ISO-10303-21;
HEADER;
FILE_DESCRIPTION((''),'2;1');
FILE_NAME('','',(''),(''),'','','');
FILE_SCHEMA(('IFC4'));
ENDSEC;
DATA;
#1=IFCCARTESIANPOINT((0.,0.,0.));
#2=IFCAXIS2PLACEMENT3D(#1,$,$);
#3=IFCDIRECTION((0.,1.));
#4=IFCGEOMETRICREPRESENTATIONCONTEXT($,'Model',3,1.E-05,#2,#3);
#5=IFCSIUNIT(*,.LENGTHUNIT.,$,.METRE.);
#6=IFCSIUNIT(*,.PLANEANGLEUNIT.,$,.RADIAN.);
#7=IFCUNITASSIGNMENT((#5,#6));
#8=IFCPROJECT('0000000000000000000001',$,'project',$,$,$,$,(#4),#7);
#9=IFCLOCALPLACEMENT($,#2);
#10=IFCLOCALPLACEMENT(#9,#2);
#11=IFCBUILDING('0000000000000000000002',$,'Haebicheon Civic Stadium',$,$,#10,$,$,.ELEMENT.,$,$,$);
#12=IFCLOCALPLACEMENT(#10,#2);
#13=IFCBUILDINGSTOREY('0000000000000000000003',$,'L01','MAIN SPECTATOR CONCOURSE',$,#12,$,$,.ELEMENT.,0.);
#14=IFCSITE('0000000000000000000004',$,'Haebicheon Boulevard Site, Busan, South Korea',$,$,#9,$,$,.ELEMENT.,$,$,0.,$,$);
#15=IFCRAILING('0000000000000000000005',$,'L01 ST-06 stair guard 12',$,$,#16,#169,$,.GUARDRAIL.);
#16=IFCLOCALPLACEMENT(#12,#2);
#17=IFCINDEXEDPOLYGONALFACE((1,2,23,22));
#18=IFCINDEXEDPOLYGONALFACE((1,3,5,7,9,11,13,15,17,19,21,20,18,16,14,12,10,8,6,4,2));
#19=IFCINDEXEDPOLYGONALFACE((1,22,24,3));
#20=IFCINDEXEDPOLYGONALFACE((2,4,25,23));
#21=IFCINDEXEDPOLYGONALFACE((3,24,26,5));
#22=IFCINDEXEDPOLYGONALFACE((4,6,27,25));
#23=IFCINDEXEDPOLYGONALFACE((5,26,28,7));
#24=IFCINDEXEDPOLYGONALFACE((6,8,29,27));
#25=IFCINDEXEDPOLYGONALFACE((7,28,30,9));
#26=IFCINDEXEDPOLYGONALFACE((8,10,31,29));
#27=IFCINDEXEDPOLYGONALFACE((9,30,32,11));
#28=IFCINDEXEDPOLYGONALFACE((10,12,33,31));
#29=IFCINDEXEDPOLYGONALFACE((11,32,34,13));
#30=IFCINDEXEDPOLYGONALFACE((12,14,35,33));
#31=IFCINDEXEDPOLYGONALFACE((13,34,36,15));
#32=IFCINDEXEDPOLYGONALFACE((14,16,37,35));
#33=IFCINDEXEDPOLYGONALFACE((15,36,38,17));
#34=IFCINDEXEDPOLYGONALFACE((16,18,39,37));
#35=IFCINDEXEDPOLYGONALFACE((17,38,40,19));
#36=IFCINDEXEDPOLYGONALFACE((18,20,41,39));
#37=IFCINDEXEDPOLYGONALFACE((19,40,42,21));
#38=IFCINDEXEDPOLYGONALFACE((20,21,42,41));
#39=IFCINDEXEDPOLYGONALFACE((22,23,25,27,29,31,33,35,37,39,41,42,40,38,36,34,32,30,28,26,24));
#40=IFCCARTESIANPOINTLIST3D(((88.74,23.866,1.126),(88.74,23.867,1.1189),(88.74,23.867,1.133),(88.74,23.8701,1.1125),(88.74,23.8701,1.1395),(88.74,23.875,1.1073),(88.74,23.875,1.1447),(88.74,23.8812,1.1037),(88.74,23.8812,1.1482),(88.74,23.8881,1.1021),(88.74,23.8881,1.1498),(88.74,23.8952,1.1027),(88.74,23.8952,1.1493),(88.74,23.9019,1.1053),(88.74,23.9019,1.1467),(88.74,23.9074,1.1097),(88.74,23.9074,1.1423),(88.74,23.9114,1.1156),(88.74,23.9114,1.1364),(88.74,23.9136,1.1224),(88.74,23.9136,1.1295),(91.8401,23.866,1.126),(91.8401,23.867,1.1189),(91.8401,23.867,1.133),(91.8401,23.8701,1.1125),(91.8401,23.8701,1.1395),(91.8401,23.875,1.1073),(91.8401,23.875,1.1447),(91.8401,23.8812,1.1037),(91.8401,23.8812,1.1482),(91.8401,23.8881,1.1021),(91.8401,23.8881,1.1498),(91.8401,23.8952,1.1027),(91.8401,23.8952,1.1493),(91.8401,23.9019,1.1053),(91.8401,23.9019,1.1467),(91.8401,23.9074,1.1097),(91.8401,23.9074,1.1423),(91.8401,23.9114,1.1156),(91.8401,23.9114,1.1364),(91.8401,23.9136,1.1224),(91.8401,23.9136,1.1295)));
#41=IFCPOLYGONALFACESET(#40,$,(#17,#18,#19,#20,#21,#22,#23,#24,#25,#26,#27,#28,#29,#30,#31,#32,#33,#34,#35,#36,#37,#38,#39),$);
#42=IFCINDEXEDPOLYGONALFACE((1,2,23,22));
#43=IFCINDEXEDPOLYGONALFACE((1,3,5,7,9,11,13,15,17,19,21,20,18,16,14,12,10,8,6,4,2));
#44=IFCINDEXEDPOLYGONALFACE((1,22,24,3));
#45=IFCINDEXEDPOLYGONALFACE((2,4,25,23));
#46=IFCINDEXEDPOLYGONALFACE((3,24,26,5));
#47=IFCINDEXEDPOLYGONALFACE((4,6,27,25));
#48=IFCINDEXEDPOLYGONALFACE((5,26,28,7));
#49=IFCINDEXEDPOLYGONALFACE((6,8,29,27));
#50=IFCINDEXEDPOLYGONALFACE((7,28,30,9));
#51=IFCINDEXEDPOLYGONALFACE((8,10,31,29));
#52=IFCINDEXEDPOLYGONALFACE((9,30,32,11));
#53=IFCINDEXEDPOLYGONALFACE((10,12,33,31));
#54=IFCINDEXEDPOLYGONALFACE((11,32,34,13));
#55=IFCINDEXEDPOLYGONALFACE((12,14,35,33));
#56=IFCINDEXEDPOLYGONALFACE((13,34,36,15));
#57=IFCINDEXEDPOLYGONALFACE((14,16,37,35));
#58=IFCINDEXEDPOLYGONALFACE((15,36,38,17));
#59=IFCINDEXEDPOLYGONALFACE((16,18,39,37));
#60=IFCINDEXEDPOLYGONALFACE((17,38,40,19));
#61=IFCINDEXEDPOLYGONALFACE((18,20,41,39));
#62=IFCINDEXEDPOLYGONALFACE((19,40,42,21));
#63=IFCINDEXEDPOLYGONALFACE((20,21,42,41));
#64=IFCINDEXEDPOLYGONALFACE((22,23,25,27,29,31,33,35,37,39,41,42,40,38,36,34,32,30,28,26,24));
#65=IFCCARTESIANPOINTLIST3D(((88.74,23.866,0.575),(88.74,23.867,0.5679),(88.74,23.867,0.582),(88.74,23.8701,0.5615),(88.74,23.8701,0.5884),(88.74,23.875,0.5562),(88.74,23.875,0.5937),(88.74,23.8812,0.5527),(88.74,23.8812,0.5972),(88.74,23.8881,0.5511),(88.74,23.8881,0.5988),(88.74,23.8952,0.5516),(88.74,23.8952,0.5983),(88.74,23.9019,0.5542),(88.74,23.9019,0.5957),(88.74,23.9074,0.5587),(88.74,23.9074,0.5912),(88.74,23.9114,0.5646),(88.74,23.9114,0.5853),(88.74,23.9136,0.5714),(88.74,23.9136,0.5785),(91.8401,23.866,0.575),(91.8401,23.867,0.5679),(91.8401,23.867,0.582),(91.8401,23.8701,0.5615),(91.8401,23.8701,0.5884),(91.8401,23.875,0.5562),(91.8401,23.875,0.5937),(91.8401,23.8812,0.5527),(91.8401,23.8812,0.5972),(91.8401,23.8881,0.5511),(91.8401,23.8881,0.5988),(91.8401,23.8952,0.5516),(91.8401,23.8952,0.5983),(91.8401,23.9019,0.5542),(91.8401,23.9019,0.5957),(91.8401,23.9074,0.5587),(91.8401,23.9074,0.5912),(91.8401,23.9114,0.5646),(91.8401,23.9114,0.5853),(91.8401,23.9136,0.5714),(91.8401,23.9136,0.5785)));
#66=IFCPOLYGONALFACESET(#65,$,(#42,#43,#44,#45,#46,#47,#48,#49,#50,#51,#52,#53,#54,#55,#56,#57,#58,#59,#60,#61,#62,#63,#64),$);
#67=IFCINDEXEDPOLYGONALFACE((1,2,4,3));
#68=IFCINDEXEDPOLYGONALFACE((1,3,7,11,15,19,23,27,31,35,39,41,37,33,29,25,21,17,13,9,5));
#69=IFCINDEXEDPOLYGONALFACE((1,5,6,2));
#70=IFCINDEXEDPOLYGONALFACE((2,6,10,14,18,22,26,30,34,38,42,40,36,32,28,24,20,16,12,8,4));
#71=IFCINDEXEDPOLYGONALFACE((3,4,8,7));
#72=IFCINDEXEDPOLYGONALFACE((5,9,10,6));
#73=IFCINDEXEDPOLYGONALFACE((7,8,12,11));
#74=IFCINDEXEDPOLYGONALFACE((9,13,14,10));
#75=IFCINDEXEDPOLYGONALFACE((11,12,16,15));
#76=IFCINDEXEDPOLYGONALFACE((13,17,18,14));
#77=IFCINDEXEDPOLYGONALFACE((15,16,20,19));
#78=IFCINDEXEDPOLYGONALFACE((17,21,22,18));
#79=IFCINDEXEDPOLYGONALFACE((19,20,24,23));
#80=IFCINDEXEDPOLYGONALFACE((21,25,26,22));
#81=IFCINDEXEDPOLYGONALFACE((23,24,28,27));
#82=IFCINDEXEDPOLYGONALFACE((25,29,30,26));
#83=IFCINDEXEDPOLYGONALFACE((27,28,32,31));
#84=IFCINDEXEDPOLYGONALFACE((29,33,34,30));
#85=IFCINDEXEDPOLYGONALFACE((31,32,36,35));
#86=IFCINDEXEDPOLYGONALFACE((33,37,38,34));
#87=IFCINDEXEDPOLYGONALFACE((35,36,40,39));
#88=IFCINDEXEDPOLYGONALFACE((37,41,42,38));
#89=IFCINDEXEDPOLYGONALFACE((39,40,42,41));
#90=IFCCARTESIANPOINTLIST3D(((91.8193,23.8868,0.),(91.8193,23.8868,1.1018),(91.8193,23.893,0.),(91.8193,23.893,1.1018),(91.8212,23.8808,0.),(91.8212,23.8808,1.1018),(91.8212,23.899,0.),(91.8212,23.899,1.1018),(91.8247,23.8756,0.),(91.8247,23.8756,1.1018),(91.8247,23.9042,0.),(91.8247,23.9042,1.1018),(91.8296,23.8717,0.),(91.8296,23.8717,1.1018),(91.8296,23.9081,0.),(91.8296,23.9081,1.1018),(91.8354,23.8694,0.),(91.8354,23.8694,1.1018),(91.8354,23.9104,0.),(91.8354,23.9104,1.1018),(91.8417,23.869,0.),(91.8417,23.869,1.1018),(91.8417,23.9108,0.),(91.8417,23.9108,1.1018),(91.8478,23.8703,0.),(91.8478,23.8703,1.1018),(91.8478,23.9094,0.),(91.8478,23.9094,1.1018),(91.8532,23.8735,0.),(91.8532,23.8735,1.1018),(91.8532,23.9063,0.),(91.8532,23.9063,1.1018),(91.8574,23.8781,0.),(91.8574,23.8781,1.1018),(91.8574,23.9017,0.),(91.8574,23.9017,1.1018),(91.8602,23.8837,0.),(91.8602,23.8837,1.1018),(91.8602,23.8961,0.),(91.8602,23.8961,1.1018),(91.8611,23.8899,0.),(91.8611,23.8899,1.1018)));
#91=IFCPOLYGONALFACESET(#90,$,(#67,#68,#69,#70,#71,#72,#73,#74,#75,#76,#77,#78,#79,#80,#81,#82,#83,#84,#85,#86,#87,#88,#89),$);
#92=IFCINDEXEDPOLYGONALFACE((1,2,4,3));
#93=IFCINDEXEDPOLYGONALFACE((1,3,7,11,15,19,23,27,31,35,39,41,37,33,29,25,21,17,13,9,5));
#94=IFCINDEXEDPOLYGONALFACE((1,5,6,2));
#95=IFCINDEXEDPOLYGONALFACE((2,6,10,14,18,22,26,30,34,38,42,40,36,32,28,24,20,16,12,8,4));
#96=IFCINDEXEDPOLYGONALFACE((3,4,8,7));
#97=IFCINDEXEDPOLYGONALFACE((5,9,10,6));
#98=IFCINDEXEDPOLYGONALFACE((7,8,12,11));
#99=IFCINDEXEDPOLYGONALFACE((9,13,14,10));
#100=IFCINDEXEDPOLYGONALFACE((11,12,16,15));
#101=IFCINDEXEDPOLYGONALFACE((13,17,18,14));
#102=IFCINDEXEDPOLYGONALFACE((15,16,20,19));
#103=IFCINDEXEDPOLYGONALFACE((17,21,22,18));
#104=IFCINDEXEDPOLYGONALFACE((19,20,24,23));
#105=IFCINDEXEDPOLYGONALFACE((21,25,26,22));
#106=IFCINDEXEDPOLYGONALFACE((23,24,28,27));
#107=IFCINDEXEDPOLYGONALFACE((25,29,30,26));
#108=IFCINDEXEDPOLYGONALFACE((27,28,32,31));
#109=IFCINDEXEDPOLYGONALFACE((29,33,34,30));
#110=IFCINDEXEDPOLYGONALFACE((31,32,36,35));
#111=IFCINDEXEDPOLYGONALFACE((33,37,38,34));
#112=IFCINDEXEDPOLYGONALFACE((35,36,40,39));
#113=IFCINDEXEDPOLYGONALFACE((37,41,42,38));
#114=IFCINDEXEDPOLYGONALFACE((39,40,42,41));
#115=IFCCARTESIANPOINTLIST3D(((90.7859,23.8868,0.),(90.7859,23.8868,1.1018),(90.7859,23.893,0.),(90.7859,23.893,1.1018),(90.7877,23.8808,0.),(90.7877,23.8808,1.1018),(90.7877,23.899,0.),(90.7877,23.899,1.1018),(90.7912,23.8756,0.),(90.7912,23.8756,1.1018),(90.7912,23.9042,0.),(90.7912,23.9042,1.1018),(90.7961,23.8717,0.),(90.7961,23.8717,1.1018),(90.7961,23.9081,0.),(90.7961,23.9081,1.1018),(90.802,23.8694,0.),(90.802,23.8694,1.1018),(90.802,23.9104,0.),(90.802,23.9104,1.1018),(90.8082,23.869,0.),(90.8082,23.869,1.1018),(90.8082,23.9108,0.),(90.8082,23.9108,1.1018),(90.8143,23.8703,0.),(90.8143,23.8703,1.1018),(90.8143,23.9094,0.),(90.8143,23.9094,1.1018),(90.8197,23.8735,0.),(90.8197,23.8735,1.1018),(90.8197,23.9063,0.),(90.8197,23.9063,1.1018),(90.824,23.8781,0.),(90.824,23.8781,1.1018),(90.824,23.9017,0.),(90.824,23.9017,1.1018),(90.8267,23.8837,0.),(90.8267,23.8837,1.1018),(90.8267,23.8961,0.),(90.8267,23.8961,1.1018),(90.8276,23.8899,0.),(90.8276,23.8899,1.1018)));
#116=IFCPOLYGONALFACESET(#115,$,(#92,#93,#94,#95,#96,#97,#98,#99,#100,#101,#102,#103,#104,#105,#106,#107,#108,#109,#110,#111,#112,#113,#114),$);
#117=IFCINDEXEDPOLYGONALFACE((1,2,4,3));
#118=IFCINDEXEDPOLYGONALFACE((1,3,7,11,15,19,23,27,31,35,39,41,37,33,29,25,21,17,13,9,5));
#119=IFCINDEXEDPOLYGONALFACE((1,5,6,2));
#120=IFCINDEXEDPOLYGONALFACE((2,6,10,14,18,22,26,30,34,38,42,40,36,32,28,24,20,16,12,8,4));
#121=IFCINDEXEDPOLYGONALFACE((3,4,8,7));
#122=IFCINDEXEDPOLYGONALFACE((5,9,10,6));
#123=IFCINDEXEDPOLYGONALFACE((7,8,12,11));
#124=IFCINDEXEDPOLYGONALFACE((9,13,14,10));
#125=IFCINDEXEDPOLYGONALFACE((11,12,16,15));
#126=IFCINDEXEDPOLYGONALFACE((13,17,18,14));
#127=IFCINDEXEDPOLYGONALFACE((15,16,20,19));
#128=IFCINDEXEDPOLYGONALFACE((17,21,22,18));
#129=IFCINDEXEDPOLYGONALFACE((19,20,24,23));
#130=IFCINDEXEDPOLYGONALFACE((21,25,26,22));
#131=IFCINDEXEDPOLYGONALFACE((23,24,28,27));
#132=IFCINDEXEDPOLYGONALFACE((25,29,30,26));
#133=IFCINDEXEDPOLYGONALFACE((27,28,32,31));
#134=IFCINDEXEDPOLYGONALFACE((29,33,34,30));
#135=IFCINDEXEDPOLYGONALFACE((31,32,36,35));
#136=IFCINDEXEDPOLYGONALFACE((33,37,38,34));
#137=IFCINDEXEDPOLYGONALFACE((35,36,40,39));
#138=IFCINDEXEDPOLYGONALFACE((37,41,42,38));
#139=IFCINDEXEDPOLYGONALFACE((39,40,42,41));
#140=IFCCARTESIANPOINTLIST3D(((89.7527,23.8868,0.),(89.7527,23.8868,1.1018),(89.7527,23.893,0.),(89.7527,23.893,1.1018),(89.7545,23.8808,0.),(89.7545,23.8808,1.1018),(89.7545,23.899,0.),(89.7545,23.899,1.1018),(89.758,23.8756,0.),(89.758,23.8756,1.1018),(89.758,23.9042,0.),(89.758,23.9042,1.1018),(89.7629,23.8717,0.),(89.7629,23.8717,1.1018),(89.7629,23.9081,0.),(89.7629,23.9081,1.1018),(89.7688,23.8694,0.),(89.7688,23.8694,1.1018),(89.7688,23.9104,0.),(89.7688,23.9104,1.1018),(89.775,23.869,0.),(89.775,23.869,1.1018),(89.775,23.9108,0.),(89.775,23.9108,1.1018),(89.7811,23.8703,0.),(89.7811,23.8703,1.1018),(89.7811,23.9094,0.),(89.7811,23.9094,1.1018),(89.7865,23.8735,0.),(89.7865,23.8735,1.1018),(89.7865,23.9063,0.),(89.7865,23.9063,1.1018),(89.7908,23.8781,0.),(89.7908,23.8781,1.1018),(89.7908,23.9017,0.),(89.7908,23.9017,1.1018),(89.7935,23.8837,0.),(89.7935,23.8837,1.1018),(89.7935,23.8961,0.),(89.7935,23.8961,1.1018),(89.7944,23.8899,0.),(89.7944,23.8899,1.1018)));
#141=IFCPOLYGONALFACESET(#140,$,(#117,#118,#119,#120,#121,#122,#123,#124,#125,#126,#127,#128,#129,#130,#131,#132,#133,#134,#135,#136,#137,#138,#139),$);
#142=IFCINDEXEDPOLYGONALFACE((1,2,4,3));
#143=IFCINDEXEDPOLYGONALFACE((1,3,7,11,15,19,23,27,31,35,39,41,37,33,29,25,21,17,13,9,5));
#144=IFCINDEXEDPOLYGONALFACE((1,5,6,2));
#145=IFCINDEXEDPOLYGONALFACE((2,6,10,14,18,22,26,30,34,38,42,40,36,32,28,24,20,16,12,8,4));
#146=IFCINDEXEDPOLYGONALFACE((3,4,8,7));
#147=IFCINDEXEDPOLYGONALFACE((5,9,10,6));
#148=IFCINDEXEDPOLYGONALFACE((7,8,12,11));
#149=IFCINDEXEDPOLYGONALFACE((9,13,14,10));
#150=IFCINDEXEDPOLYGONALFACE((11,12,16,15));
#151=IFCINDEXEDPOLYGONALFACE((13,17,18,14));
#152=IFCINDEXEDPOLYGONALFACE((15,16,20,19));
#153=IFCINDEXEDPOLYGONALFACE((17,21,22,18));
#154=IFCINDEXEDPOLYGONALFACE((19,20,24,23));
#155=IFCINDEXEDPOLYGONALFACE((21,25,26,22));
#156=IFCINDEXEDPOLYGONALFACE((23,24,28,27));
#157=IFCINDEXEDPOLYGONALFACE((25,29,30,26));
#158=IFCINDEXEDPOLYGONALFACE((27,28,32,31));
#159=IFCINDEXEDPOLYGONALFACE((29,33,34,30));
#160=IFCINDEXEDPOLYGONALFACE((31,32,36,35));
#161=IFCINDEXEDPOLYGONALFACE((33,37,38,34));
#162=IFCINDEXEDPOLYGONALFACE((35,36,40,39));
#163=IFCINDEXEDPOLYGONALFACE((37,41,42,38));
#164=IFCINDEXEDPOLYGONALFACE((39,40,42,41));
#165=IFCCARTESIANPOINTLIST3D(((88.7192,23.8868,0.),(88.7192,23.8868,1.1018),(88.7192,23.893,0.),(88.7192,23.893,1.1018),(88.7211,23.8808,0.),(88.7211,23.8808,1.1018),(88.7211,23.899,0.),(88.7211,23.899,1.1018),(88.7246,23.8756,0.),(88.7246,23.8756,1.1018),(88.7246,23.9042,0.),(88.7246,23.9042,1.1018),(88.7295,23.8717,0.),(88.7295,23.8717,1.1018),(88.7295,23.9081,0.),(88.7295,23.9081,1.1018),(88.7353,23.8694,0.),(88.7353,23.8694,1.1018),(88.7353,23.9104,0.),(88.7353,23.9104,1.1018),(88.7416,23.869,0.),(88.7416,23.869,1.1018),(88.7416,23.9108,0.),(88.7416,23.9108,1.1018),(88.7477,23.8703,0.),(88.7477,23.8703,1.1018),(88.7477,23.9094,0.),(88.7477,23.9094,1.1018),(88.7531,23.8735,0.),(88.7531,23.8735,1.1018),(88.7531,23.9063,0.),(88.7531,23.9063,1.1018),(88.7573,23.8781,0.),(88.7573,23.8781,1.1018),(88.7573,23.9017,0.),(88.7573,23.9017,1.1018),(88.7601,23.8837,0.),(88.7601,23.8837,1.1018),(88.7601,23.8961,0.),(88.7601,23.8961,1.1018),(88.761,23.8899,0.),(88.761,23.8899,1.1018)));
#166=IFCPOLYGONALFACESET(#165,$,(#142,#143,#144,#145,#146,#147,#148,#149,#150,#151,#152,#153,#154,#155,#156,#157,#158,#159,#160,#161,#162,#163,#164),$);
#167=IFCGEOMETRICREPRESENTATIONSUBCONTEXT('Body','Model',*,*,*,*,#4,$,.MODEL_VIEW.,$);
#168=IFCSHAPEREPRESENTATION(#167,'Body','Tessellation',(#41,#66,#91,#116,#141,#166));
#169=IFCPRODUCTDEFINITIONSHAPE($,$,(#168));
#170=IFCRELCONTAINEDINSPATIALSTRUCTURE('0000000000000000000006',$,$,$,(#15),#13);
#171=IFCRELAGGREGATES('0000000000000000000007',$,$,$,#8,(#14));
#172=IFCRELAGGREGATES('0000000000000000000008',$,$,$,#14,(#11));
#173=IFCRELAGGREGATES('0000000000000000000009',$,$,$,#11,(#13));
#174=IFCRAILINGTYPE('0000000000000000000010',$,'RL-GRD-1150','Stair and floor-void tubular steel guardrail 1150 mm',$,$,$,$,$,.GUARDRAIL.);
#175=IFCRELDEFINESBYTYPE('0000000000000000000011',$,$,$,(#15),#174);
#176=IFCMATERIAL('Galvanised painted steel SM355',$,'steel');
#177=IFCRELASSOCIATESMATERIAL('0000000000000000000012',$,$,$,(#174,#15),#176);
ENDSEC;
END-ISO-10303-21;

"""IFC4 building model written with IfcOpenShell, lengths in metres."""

from ifc_helpers import new_model, si_unit, direction, frame, origin, origin_2d, place, context, subcontext, project, spatial, circle, extrude, material, type_object, element, save


model = new_model("IFC4")

# Units and contexts
model_context = context("Model", 3, precision=1e-05, world=origin(), true_north=direction((0.0, 1.0)))
body_context = subcontext(model_context, "Body", "Model", "MODEL_VIEW")
ifc_project = project(units=[si_unit("LENGTHUNIT", "METRE"), si_unit("PLANEANGLEUNIT", "RADIAN")], contexts=[model_context])

# Site, building, storey
site_placement = place(None, origin())
site = spatial("IfcSite", under=ifc_project, at=site_placement, Name="Haebicheon Boulevard Site, Busan, South Korea", CompositionType="ELEMENT", RefElevation=0.0)
building_placement = place(site_placement, origin())
building = spatial("IfcBuilding", under=site, at=building_placement, Name="Haebicheon Civic Stadium", CompositionType="ELEMENT")
storey_placement = place(building_placement, origin())
storey = spatial("IfcBuildingStorey", under=building, at=storey_placement, Name="L01", Description="MAIN SPECTATOR CONCOURSE", CompositionType="ELEMENT", Elevation=0.0)

# Railing
ifc_material_1 = material(Name="Galvanised painted steel SM355", Category="steel")
railing_type_1 = type_object("IfcRailingType", Name="RL-GRD-1150", Description="Stair and floor-void tubular steel guardrail 1150 mm", PredefinedType="GUARDRAIL", material=ifc_material_1)
railing_1_placement = place(storey_placement, frame((91.8401, 23.8899, 0.0)))
element("IfcRailing", 1, at=railing_1_placement, inside=storey, type_object=railing_type_1, material=ifc_material_1, Name="L01 ST-06 stair guard 12", PredefinedType="GUARDRAIL", context=body_context, shape_type="SweptSolid", body=[
    extrude(circle(Radius=0.0239, at=origin_2d()), frame((0.0, 0.0, 1.126), z_axis=(-1.0, 0.0, 0.0), x_axis=(0.0, -1.0, 0.0)), (0.0, 0.0, 1.0), 3.1001),
    extrude(circle(Radius=0.0239, at=origin_2d()), frame((0.0, 0.0, 0.575), z_axis=(-1.0, 0.0, 0.0), x_axis=(0.0, -1.0, 0.0)), (0.0, 0.0, 1.0), 3.1001),
    extrude(circle(Radius=0.021, at=origin_2d()), origin(), (0.0, 0.0, 1.0), 1.1018),
    extrude(circle(Radius=0.021, at=origin_2d()), frame((-1.0334, 0.0, 0.0)), (0.0, 0.0, 1.0), 1.1018),
    extrude(circle(Radius=0.021, at=origin_2d()), frame((-2.0667, 0.0, 0.0)), (0.0, 0.0, 1.0), 1.1018),
    extrude(circle(Radius=0.021, at=origin_2d()), frame((-3.1001, 0.0, 0.0)), (0.0, 0.0, 1.0), 1.1018),
])

save(model, "model.ifc")
